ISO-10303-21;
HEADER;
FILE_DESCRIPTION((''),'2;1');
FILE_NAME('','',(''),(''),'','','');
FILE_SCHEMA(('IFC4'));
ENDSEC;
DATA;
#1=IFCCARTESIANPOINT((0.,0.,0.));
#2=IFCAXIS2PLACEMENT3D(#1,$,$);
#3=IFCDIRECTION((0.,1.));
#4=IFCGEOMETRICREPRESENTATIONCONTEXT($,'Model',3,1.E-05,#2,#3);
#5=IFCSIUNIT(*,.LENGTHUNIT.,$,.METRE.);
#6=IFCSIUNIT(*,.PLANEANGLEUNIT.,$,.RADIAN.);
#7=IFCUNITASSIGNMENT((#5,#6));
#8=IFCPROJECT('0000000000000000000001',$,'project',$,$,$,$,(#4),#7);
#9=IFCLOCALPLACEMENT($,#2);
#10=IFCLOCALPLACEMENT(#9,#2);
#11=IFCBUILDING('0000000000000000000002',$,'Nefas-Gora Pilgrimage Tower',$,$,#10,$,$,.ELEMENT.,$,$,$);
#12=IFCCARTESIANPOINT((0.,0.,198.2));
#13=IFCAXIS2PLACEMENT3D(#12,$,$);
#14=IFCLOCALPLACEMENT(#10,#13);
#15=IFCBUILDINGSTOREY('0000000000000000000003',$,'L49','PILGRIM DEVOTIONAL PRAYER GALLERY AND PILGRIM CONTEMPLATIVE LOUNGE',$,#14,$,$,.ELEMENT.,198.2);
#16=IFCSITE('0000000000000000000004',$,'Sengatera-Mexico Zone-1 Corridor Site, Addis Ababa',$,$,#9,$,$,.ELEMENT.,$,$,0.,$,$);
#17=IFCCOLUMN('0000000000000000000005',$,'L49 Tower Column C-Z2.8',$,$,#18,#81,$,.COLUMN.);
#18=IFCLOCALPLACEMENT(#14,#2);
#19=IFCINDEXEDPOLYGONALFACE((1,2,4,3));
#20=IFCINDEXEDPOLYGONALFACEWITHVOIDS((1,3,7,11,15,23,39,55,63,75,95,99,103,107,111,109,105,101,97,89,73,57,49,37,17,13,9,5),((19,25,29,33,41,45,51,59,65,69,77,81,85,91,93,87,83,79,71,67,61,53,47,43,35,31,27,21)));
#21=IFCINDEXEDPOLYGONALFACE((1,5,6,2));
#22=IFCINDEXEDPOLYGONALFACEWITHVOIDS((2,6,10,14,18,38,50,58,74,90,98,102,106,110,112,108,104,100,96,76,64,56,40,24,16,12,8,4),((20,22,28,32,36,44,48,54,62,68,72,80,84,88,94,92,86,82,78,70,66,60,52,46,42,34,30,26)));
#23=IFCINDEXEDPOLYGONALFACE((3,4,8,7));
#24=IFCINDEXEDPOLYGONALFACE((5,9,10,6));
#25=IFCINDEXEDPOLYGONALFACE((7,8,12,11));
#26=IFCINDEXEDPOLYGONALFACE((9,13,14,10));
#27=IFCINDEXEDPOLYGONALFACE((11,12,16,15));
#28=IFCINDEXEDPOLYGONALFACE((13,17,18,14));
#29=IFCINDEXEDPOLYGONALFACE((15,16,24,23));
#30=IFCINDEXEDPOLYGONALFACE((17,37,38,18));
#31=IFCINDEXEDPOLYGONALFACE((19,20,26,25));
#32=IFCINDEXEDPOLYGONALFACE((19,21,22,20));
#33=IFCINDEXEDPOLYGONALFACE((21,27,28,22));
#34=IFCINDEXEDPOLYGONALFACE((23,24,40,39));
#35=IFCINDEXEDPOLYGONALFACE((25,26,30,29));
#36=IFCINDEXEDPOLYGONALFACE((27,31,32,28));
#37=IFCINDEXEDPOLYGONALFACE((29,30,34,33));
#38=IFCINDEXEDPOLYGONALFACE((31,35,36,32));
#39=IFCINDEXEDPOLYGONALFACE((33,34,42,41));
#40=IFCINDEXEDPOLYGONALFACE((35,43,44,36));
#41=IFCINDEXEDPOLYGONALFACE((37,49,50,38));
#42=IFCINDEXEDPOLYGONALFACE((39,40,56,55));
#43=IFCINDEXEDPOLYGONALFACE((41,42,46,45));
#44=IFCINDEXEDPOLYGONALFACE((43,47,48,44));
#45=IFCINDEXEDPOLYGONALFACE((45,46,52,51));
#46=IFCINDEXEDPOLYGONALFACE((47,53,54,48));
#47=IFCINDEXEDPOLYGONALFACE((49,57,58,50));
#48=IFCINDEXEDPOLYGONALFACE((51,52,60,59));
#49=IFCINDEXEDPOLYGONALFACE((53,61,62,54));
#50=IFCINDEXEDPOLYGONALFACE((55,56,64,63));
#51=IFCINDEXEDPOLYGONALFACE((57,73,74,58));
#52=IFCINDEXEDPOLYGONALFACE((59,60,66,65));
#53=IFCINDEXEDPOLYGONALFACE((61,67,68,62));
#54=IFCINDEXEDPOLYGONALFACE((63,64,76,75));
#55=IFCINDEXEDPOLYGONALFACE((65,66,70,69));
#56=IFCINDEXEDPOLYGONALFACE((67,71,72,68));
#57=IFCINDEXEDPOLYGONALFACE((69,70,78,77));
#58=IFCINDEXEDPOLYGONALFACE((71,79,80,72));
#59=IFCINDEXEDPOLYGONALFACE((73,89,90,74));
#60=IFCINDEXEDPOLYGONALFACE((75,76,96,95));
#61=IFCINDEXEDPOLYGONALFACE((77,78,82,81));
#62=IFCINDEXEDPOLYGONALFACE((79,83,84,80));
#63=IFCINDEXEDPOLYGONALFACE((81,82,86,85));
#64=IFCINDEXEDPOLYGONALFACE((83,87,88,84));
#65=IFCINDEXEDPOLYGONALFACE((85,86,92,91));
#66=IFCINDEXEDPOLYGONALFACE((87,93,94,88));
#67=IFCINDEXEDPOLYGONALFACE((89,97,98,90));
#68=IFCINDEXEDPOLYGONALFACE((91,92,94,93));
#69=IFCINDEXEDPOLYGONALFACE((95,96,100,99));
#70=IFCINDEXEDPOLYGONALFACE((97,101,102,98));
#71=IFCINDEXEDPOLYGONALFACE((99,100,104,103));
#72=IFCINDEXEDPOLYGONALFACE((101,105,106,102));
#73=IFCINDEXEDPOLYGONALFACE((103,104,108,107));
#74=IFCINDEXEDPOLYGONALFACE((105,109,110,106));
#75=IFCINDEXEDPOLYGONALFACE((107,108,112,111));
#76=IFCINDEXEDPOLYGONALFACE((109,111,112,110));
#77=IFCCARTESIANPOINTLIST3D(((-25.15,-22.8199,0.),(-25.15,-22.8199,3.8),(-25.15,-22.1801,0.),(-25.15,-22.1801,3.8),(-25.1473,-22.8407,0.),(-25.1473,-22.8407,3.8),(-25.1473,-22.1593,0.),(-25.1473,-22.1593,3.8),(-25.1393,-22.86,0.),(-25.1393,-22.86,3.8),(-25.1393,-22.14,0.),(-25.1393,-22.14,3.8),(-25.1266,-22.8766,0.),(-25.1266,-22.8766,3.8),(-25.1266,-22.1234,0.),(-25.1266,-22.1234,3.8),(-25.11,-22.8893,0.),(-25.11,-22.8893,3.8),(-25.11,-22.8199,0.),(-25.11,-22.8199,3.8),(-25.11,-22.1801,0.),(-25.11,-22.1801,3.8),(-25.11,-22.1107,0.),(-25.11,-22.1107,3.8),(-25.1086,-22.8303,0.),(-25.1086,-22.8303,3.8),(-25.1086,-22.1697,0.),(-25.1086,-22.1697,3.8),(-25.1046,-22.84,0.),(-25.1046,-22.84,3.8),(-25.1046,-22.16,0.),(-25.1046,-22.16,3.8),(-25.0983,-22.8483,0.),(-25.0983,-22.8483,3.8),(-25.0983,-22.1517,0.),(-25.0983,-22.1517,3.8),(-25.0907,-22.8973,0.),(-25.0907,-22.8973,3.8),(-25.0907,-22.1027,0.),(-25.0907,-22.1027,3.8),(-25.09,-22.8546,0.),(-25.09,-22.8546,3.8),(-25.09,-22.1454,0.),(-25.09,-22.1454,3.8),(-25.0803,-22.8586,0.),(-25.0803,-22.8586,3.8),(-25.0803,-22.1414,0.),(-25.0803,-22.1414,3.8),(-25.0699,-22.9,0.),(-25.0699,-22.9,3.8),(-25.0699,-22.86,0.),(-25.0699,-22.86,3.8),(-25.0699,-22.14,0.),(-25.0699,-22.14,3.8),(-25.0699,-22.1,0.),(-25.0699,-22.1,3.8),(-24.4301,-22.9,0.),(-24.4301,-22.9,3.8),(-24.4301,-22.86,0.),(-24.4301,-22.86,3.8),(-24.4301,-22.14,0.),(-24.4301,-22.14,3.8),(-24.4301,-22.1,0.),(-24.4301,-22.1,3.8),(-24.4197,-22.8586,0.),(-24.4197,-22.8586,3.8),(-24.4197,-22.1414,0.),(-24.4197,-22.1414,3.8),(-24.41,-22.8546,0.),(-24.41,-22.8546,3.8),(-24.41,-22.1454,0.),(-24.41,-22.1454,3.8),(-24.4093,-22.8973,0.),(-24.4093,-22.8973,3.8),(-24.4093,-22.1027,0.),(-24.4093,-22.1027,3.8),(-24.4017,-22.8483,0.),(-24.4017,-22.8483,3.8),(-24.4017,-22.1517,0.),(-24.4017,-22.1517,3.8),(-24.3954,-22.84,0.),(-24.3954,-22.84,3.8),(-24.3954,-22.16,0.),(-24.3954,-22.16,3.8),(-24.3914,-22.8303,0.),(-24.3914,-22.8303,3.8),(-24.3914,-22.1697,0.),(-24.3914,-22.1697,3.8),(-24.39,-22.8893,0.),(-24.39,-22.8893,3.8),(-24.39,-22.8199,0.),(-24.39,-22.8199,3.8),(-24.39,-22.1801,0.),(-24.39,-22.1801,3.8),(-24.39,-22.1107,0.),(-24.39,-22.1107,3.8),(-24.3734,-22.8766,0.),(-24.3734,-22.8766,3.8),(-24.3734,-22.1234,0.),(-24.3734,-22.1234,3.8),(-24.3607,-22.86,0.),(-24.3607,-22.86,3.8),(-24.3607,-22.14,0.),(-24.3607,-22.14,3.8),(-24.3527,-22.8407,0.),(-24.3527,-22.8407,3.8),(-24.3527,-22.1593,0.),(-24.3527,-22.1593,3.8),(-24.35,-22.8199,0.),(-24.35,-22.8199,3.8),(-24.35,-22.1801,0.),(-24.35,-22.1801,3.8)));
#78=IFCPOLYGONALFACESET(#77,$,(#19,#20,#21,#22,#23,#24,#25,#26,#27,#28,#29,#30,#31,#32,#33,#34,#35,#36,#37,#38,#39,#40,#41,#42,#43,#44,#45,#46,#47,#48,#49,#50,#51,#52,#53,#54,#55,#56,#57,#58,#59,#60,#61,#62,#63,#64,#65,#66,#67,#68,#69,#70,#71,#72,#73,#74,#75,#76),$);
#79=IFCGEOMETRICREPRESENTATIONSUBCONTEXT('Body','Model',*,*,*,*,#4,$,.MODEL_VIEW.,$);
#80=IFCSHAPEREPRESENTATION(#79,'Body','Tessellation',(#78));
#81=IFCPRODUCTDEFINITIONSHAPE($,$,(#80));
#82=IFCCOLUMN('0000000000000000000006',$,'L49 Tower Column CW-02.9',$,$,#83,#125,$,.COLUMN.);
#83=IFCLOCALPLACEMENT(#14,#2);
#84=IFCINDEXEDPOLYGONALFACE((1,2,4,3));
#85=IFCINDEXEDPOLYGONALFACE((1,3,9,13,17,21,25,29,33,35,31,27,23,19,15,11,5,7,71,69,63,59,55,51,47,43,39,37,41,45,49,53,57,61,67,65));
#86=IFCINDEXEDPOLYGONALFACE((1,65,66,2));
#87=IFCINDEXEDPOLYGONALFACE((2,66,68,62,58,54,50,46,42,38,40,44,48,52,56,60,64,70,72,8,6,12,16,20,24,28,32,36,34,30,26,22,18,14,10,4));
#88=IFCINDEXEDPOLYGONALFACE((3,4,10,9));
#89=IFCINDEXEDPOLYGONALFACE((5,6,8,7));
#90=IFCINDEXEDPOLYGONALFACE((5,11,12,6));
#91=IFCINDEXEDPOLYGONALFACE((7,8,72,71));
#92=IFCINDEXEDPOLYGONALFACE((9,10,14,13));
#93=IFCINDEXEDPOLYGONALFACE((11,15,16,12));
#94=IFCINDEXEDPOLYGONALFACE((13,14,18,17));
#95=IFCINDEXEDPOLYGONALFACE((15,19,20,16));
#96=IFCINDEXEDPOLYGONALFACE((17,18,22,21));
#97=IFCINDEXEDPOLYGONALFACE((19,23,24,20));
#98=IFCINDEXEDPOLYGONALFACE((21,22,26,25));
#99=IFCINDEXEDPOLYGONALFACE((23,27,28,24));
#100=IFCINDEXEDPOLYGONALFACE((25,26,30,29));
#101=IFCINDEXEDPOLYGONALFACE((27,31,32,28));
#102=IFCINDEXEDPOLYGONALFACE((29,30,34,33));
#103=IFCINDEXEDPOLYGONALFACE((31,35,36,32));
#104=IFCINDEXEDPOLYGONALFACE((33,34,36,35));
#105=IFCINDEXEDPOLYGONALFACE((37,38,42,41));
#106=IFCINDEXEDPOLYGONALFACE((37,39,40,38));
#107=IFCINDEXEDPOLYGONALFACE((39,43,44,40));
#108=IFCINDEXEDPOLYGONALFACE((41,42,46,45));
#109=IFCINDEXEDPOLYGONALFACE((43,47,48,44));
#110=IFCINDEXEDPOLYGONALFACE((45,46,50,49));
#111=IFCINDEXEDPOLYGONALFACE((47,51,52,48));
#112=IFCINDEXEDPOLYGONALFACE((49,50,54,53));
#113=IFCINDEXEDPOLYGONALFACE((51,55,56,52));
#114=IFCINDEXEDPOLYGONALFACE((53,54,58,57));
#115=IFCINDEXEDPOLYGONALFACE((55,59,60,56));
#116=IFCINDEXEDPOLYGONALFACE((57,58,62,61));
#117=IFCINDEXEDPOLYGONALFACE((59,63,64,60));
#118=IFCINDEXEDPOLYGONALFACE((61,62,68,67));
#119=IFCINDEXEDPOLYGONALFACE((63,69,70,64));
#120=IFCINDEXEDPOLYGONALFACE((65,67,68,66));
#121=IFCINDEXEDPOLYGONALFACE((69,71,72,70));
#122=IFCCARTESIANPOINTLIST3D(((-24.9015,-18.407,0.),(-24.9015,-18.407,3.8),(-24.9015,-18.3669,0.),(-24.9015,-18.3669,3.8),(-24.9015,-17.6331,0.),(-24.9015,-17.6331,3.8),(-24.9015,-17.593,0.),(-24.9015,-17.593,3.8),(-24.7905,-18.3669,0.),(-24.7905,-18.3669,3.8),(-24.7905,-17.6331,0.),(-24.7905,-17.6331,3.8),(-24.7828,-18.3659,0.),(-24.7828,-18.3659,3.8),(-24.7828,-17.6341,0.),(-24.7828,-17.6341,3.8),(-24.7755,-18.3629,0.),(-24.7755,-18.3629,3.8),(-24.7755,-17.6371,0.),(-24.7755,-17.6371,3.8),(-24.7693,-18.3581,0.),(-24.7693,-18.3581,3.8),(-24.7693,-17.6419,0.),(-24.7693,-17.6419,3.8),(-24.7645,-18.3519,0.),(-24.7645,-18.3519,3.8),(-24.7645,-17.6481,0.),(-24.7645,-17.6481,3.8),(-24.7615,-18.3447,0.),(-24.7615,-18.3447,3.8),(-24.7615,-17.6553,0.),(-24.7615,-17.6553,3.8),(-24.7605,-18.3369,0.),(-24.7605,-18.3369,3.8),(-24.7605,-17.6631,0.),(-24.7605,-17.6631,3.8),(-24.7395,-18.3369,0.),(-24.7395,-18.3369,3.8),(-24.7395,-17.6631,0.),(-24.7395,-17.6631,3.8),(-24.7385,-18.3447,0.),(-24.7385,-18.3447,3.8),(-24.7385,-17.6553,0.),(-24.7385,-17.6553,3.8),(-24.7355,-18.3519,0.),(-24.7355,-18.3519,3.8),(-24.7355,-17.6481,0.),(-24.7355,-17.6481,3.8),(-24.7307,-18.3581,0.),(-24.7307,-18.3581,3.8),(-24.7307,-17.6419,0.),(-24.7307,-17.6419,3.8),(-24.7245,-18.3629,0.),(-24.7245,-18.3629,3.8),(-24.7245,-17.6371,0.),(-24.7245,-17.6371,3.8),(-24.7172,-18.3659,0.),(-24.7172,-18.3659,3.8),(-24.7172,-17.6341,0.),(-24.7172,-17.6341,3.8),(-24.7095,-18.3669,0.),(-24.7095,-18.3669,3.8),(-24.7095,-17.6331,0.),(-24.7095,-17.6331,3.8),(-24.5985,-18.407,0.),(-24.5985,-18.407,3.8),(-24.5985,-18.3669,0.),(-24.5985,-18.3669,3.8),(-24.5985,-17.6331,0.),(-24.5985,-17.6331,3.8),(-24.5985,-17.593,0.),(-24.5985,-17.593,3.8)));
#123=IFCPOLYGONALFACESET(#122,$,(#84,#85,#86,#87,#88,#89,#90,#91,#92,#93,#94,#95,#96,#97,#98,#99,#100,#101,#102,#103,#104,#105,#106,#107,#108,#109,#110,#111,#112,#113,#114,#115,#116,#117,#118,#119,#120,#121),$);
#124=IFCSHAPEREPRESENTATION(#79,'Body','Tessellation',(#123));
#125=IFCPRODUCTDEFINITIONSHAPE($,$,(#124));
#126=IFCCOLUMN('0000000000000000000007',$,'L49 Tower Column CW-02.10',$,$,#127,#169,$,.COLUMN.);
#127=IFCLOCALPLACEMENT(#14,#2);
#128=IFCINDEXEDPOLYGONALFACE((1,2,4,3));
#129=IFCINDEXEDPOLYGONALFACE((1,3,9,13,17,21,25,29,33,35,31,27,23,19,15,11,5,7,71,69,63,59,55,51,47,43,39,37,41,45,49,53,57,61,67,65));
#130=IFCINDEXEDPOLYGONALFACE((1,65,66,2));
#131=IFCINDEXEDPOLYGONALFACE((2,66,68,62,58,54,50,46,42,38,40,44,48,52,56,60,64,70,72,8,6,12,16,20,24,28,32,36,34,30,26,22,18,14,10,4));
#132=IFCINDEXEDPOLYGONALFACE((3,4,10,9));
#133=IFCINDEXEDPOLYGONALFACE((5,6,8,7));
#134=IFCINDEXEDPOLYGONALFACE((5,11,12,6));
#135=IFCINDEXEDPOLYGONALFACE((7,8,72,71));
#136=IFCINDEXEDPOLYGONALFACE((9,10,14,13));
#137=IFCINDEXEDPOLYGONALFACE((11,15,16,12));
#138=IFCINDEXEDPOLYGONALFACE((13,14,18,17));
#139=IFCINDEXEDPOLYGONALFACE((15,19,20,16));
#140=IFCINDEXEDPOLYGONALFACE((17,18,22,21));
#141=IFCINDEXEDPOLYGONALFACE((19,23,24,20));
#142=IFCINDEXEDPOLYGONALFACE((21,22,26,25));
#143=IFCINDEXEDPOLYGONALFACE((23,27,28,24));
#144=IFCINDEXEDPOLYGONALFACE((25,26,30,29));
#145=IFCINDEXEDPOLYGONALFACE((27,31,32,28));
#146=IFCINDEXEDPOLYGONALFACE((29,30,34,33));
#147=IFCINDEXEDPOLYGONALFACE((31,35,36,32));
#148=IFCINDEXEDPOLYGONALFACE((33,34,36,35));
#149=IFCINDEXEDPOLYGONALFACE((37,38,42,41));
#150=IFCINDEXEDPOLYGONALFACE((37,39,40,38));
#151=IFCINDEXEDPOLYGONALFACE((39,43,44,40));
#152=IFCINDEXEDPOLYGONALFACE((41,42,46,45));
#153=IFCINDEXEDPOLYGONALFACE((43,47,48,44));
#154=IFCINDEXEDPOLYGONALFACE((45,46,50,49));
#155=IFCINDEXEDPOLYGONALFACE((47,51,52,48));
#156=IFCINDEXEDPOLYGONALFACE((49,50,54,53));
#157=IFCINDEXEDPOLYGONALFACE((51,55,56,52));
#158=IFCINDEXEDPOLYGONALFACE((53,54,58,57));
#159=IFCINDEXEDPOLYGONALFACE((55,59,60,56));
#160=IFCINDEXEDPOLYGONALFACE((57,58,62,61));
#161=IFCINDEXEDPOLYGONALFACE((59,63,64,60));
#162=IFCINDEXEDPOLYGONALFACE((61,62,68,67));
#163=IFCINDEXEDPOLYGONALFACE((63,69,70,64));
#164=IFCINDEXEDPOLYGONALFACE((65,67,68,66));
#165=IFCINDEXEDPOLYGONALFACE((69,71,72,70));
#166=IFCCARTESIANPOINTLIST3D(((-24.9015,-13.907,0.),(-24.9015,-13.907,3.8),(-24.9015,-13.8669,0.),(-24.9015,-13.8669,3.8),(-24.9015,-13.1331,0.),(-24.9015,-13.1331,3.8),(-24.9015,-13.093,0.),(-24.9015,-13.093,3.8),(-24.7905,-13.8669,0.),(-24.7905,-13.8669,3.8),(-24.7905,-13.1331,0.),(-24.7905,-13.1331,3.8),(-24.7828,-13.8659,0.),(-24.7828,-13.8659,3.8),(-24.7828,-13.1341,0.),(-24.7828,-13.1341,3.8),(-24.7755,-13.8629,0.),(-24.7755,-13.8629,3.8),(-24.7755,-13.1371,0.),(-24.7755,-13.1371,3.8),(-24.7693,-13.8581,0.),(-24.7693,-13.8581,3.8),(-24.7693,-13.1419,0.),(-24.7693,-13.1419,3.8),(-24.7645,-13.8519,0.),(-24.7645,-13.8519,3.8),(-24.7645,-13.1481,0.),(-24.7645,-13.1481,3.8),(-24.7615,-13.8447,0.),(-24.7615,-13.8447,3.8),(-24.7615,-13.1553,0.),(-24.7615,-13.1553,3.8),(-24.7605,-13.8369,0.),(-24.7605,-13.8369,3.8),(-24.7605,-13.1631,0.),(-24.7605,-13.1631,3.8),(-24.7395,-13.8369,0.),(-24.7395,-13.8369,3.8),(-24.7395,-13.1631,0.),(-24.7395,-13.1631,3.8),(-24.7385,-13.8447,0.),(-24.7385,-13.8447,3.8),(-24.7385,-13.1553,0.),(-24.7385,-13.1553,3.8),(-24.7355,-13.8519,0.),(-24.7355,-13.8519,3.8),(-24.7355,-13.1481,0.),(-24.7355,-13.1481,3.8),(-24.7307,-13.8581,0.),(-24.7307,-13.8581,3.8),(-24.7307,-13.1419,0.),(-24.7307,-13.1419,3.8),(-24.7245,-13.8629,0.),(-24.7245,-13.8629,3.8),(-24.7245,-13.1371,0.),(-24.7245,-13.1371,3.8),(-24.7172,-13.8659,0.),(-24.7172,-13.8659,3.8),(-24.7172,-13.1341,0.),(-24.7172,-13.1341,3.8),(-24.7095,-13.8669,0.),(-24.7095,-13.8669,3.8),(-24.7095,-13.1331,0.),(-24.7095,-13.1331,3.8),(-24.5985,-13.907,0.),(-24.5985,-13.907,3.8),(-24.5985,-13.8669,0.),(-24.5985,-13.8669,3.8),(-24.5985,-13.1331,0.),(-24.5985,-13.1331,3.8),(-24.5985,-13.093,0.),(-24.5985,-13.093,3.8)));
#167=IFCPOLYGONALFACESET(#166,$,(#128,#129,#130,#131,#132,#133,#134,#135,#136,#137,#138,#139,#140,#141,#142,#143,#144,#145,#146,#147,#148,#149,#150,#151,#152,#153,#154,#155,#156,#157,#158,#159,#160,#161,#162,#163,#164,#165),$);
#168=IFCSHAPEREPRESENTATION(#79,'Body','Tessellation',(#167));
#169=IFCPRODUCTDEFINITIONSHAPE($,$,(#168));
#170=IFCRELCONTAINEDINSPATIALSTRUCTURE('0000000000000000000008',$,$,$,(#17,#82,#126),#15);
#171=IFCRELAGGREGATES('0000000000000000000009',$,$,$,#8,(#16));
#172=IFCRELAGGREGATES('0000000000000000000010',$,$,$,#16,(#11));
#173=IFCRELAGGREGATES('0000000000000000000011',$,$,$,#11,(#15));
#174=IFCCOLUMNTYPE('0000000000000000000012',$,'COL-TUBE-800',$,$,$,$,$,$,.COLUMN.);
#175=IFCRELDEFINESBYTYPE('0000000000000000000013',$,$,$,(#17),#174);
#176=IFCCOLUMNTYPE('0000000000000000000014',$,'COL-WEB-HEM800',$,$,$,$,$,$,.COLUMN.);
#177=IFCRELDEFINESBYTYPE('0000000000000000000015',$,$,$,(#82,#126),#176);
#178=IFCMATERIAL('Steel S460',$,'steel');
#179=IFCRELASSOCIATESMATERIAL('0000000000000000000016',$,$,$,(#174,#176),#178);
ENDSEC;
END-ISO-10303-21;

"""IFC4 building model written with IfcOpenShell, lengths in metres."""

from ifc_helpers import new_model, si_unit, direction, frame, origin, origin_2d, place, context, subcontext, project, spatial, hollow_rectangle, i_section, extrude, source, transform, mapped, material, material_profile, profile_set, type_object, element, save


model = new_model("IFC4")

# Units and contexts
model_context = context("Model", 3, precision=1e-05, world=origin(), true_north=direction((0.0, 1.0)))
body_context = subcontext(model_context, "Body", "Model", "MODEL_VIEW")
ifc_project = project(units=[si_unit("LENGTHUNIT", "METRE"), si_unit("PLANEANGLEUNIT", "RADIAN")], contexts=[model_context])

# Site, building, storey
site_placement = place(None, origin())
site = spatial("IfcSite", under=ifc_project, at=site_placement, Name="Sengatera-Mexico Zone-1 Corridor Site, Addis Ababa", CompositionType="ELEMENT", RefElevation=0.0)
building_placement = place(site_placement, origin())
building = spatial("IfcBuilding", under=site, at=building_placement, Name="Nefas-Gora Pilgrimage Tower", CompositionType="ELEMENT")
storey_placement = place(building_placement, frame((0.0, 0.0, 198.2)))
storey = spatial("IfcBuildingStorey", under=building, at=storey_placement, Name="L49", Description="PILGRIM DEVOTIONAL PRAYER GALLERY AND PILGRIM CONTEMPLATIVE LOUNGE", CompositionType="ELEMENT", Elevation=198.2)

# Columns
ifc_material_1 = material(Name="Steel S460", Category="steel")
ifc_material_profile_1 = material_profile(ifc_material_1, hollow_rectangle(XDim=0.8, YDim=0.8, WallThickness=0.04, InnerFilletRadius=0.04, OuterFilletRadius=0.0801, at=origin_2d()), Name="BOX 800x800x40")
ifc_profile_set_1 = profile_set([ifc_material_profile_1], Name="Steel S460")
column_type_1 = type_object("IfcColumnType", Name="COL-TUBE-800", PredefinedType="COLUMN", material=ifc_profile_set_1)
shared_shape_1 = source(origin(), body_context, "Body", "SweptSolid", [
    extrude(hollow_rectangle(XDim=0.8, YDim=0.8, WallThickness=0.04, InnerFilletRadius=0.04, OuterFilletRadius=0.0801, at=origin_2d()), origin(), (0.0, 0.0, 1.0), 3.8),
])
for number, where, z_axis, x_axis, name in (
    (1, (-24.75, -22.5, 0.0), (0.0, 0.0, 1.0), (1.0, 0.0, 0.0), "L49 Tower Column C-Z2.8"),
):
    element("IfcColumn", number, at=place(storey_placement, frame(where, z_axis=z_axis, x_axis=x_axis)), inside=storey, type_object=column_type_1, Name=name, PredefinedType="COLUMN", context=body_context, shape_type="MappedRepresentation", body=[
        mapped(shared_shape_1, transform((0.0, 0.0, 0.0), x_axis=(1.0, 0.0, 0.0), y_axis=(0.0, 1.0, 0.0), z_axis=(0.0, 0.0, 1.0), scale=1.0)),
    ])
ifc_material_profile_2 = material_profile(ifc_material_1, i_section(OverallWidth=0.303, OverallDepth=0.814, WebThickness=0.021, FlangeThickness=0.04, FilletRadius=0.03, at=origin_2d()), Name="HEM 800")
ifc_profile_set_2 = profile_set([ifc_material_profile_2], Name="Steel S460")
column_type_2 = type_object("IfcColumnType", Name="COL-WEB-HEM800", PredefinedType="COLUMN", material=ifc_profile_set_2)
shared_shape_2 = source(origin(), body_context, "Body", "SweptSolid", [
    extrude(i_section(OverallWidth=0.303, OverallDepth=0.814, WebThickness=0.021, FlangeThickness=0.04, FilletRadius=0.03, at=origin_2d()), origin(), (0.0, 0.0, 1.0), 3.8),
])
for number, where, z_axis, x_axis, name in (
    (2, (-24.75, -18.0, 0.0), (0.0, 0.0, 1.0), (1.0, 0.0, 0.0), "L49 Tower Column CW-02.9"),
    (3, (-24.75, -13.5, 0.0), (0.0, 0.0, 1.0), (1.0, 0.0, 0.0), "L49 Tower Column CW-02.10"),
):
    element("IfcColumn", number, at=place(storey_placement, frame(where, z_axis=z_axis, x_axis=x_axis)), inside=storey, type_object=column_type_2, Name=name, PredefinedType="COLUMN", context=body_context, shape_type="MappedRepresentation", body=[
        mapped(shared_shape_2, transform((0.0, 0.0, 0.0), x_axis=(1.0, 0.0, 0.0), y_axis=(0.0, 1.0, 0.0), z_axis=(0.0, 0.0, 1.0), scale=1.0)),
    ])

save(model, "model.ifc")
